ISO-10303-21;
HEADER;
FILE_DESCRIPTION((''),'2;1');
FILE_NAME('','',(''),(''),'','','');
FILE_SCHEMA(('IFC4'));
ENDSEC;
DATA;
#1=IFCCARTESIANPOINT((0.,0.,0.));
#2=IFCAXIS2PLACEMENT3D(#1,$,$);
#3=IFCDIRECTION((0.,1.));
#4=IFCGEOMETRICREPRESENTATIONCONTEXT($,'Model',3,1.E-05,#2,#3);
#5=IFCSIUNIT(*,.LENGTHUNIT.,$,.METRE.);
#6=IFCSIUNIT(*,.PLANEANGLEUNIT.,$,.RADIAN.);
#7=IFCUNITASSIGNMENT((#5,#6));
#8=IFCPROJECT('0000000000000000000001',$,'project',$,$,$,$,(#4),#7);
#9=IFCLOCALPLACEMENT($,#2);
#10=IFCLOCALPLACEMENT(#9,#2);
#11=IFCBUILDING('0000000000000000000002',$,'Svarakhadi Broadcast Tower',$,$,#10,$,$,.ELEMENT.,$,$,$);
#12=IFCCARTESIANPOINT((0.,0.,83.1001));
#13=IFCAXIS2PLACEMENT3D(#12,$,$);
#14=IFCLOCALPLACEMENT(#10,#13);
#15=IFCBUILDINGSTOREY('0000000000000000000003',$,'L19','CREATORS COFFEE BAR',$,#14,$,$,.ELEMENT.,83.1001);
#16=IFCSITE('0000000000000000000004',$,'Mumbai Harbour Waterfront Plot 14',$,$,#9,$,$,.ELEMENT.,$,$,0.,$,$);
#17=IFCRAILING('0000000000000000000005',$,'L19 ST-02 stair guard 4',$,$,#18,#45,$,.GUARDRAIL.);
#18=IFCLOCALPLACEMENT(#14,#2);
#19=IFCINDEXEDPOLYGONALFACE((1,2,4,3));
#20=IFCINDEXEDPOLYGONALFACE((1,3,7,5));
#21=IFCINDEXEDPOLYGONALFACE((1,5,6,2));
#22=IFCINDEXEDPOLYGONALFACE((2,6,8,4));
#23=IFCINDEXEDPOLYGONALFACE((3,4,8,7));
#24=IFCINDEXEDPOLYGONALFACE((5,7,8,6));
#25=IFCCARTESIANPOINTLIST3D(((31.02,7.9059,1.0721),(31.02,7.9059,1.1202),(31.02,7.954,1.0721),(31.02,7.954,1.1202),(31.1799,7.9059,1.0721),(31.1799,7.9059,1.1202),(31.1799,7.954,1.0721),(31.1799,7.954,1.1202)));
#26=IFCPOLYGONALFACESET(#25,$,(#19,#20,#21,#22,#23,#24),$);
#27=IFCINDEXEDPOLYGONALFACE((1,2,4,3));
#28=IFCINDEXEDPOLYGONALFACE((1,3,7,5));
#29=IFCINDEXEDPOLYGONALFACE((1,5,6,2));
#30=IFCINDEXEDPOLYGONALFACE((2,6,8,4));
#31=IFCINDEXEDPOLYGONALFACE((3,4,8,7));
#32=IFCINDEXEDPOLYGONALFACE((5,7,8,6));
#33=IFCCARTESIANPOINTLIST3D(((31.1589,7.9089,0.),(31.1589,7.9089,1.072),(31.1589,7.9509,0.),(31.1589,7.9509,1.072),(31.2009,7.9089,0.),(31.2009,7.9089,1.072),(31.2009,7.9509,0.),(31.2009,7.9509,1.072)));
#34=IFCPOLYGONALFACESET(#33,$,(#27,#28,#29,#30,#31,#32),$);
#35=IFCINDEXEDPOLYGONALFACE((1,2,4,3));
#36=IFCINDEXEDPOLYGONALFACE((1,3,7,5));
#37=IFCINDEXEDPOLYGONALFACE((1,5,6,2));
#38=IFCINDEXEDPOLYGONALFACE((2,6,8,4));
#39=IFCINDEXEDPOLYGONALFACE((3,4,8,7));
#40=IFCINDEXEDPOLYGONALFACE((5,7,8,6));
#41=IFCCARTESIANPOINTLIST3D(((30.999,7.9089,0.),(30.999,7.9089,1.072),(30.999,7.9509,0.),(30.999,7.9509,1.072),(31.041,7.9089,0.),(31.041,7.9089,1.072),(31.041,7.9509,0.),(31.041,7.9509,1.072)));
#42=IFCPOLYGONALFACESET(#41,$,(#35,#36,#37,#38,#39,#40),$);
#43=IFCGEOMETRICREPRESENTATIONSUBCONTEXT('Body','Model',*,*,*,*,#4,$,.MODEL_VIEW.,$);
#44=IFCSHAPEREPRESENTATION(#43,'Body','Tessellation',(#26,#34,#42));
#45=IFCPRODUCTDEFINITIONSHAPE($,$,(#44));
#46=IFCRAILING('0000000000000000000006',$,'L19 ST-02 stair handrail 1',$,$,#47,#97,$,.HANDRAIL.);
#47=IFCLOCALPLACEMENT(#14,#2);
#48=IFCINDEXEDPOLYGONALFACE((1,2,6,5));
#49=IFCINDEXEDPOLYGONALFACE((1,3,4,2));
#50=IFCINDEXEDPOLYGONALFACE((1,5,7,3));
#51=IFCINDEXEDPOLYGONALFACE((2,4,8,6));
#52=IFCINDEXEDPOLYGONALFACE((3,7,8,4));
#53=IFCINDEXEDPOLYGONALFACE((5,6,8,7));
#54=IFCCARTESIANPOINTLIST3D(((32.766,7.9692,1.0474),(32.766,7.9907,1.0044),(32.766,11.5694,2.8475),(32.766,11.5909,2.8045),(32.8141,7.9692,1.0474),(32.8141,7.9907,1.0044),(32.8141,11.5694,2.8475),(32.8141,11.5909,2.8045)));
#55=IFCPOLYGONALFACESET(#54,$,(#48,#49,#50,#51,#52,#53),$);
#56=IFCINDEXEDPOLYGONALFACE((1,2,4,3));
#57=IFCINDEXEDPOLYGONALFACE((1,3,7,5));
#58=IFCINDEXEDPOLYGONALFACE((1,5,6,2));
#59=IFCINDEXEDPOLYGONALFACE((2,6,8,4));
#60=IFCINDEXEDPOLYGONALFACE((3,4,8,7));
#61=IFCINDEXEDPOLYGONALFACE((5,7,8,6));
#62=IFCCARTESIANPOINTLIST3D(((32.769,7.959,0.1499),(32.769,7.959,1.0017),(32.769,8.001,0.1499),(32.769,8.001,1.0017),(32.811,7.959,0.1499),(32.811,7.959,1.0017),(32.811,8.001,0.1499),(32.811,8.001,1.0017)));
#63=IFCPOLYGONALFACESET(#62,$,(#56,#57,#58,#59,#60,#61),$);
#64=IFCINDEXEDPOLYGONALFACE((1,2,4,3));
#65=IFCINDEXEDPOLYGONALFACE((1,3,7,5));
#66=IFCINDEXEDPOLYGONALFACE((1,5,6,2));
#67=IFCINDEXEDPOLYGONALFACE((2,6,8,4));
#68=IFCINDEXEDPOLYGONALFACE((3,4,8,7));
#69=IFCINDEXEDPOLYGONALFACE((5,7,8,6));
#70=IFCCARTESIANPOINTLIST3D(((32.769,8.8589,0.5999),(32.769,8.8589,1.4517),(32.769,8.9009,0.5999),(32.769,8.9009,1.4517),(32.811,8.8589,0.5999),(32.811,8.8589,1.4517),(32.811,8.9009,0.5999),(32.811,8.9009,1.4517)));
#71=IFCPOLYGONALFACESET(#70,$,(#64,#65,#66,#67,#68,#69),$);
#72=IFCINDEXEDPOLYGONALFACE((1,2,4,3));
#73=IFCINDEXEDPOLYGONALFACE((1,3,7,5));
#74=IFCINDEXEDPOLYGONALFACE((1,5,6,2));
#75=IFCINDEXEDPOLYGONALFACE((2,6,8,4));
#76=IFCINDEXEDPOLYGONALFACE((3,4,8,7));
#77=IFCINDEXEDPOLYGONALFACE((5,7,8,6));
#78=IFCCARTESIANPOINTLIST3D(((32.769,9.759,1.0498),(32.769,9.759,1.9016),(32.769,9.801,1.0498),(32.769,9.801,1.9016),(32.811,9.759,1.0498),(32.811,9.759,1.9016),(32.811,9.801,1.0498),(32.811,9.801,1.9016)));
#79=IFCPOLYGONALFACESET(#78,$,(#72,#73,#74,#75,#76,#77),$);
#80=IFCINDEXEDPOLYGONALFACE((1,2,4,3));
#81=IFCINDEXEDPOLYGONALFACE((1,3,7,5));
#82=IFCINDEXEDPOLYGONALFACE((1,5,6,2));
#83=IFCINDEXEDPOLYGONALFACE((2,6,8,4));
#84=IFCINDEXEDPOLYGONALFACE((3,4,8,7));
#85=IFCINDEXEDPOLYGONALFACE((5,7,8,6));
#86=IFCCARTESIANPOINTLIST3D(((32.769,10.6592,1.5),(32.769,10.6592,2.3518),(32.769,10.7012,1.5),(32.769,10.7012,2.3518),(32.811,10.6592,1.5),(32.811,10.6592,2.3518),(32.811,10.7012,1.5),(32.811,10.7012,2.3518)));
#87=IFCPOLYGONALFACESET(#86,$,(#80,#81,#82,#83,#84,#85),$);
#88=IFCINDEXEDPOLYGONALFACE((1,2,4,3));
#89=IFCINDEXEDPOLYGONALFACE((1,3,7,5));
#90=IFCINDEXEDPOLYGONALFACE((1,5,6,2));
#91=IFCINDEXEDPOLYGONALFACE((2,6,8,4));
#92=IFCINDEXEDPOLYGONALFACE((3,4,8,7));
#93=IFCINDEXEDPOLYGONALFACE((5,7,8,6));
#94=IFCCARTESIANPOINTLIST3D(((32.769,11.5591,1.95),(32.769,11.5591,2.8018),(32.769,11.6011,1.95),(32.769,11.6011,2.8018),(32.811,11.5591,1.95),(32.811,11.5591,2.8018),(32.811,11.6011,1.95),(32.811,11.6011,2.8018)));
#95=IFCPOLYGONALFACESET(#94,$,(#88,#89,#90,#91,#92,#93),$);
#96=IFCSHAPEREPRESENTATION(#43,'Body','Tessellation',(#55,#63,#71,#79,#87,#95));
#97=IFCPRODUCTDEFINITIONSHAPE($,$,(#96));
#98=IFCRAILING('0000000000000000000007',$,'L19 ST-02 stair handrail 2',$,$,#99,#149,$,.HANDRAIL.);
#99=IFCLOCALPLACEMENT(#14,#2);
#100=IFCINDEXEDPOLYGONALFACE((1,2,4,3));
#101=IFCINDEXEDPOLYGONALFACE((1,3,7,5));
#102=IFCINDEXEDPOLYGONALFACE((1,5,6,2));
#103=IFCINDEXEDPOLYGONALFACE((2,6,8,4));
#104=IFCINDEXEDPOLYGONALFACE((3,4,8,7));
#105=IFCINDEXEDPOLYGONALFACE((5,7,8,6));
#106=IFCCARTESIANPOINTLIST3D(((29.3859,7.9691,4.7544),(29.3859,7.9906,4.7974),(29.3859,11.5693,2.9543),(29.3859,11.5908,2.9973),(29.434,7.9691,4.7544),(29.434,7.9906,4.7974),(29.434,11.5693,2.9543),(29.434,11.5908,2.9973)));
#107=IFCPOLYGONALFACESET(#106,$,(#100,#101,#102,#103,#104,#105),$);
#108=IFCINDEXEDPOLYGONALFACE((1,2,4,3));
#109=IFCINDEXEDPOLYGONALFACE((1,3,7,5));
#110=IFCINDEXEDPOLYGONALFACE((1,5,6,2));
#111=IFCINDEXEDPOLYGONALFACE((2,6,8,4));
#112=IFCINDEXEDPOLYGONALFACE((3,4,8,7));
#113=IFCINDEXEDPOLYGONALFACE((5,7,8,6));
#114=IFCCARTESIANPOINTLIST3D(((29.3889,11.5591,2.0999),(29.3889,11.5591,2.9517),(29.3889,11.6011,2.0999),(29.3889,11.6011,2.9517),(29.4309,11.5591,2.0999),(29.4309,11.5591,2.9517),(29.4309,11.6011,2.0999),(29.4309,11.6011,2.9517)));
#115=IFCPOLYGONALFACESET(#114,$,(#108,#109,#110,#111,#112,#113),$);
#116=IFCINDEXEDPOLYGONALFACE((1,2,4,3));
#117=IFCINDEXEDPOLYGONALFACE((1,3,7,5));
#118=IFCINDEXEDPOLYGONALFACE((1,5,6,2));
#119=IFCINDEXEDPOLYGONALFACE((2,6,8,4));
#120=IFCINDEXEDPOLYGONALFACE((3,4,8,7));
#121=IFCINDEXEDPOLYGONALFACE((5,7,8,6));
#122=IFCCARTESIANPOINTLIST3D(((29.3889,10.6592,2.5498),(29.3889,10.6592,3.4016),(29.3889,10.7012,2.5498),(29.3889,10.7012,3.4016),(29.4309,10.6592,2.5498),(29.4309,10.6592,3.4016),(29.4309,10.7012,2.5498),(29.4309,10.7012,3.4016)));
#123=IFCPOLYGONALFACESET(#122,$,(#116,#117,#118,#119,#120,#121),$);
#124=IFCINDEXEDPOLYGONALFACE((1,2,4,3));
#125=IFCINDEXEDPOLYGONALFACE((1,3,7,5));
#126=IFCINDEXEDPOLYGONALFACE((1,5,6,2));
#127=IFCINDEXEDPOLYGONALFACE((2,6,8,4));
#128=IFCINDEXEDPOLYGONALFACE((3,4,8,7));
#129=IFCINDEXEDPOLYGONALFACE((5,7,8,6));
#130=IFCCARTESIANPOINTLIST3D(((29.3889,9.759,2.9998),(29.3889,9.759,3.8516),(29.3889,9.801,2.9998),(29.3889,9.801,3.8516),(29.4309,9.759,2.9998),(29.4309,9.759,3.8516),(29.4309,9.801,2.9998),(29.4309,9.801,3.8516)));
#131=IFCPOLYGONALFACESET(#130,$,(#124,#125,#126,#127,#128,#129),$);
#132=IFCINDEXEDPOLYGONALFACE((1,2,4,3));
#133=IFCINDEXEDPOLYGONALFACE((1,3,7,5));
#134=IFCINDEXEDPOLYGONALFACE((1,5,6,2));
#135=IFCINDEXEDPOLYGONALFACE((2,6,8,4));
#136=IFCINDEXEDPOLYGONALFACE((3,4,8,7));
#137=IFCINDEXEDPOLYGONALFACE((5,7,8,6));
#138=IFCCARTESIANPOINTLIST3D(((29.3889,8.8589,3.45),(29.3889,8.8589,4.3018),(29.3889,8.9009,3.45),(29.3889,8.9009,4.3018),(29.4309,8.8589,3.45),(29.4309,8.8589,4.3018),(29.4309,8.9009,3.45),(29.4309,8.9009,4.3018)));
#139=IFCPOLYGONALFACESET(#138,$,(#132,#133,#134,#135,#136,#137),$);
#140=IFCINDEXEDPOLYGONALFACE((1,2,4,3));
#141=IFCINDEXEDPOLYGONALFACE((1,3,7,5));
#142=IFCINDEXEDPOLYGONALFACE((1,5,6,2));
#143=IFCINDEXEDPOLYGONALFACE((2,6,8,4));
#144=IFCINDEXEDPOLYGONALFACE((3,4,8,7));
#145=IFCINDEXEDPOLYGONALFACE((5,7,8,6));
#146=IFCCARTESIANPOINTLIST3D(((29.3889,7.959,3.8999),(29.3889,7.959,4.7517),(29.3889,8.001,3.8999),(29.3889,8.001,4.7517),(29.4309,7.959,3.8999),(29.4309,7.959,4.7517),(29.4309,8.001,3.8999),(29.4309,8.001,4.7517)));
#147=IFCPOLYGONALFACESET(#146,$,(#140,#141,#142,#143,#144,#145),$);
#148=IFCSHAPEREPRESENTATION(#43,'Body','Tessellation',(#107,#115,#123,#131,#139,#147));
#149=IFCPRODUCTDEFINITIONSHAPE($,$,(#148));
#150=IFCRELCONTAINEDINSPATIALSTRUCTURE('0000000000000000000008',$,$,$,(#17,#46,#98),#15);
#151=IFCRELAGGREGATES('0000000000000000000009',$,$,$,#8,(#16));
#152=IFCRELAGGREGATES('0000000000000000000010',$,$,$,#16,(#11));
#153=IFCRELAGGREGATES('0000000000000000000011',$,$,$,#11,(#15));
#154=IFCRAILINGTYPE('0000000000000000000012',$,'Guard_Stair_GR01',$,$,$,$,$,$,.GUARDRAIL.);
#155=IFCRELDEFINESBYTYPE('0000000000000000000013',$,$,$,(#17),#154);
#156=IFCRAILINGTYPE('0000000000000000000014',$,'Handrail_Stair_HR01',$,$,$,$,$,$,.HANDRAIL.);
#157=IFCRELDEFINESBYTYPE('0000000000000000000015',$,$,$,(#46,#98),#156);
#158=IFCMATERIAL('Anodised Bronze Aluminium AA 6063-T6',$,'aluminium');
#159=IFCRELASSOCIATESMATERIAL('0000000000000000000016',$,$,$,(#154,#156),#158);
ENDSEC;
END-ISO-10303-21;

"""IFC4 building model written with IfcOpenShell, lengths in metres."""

from ifc_helpers import new_model, si_unit, direction, frame, origin, origin_2d, place, context, subcontext, project, spatial, rectangle, extrude, material, type_object, element, save


model = new_model("IFC4")

# Units and contexts
model_context = context("Model", 3, precision=1e-05, world=origin(), true_north=direction((0.0, 1.0)))
body_context = subcontext(model_context, "Body", "Model", "MODEL_VIEW")
ifc_project = project(units=[si_unit("LENGTHUNIT", "METRE"), si_unit("PLANEANGLEUNIT", "RADIAN")], contexts=[model_context])

# Site, building, storey
site_placement = place(None, origin())
site = spatial("IfcSite", under=ifc_project, at=site_placement, Name="Mumbai Harbour Waterfront Plot 14", CompositionType="ELEMENT", RefElevation=0.0)
building_placement = place(site_placement, origin())
building = spatial("IfcBuilding", under=site, at=building_placement, Name="Svarakhadi Broadcast Tower", CompositionType="ELEMENT")
storey_placement = place(building_placement, frame((0.0, 0.0, 83.1001)))
storey = spatial("IfcBuildingStorey", under=building, at=storey_placement, Name="L19", Description="CREATORS COFFEE BAR", CompositionType="ELEMENT", Elevation=83.1001)

# Shared definitions
ifc_material_1 = material(Name="Anodised Bronze Aluminium AA 6063-T6", Category="aluminium")

# Railings
railing_type_1 = type_object("IfcRailingType", Name="Guard_Stair_GR01", PredefinedType="GUARDRAIL", material=ifc_material_1)
railing_1_placement = place(storey_placement, frame((31.1799, 7.9299, 0.0)))
element("IfcRailing", 1, at=railing_1_placement, inside=storey, type_object=railing_type_1, Name="L19 ST-02 stair guard 4", PredefinedType="GUARDRAIL", context=body_context, shape_type="SweptSolid", body=[
    extrude(rectangle(XDim=0.0481, YDim=0.0481, at=origin_2d()), frame((0.0, 0.0, 1.0962), z_axis=(-1.0, 0.0, 0.0), x_axis=(0.0, -1.0, 0.0)), (0.0, 0.0, 1.0), 0.1599),
    extrude(rectangle(XDim=0.042, YDim=0.042, at=origin_2d()), origin(), (0.0, 0.0, 1.0), 1.072),
    extrude(rectangle(XDim=0.042, YDim=0.042, at=origin_2d()), frame((-0.1599, 0.0, 0.0)), (0.0, 0.0, 1.0), 1.072),
])
railing_type_2 = type_object("IfcRailingType", Name="Handrail_Stair_HR01", PredefinedType="HANDRAIL", material=ifc_material_1)
railing_2_placement = place(storey_placement, frame((32.79, 7.98, 0.1499)))
element("IfcRailing", 2, at=railing_2_placement, inside=storey, type_object=railing_type_2, Name="L19 ST-02 stair handrail 1", PredefinedType="HANDRAIL", context=body_context, shape_type="SweptSolid", body=[
    extrude(rectangle(XDim=0.0481, YDim=0.0481, at=origin_2d()), frame((0.0, 0.0, 0.876), z_axis=(0.0, 0.894427, 0.447214), x_axis=(-1.0, 0.0, 0.0)), (0.0, 0.0, 1.0), 4.0251),
    extrude(rectangle(XDim=0.042, YDim=0.042, at=origin_2d()), origin(), (0.0, 0.0, 1.0), 0.8518),
    extrude(rectangle(XDim=0.042, YDim=0.042, at=origin_2d()), frame((0.0, 0.8999, 0.45)), (0.0, 0.0, 1.0), 0.8518),
    extrude(rectangle(XDim=0.042, YDim=0.042, at=origin_2d()), frame((0.0, 1.8, 0.8999)), (0.0, 0.0, 1.0), 0.8518),
    extrude(rectangle(XDim=0.042, YDim=0.042, at=origin_2d()), frame((0.0, 2.7002, 1.3501)), (0.0, 0.0, 1.0), 0.8518),
    extrude(rectangle(XDim=0.042, YDim=0.042, at=origin_2d()), frame((0.0, 3.6001, 1.8)), (0.0, 0.0, 1.0), 0.8518),
])
railing_3_placement = place(storey_placement, frame((29.4099, 11.5801, 2.0999)))
element("IfcRailing", 3, at=railing_3_placement, inside=storey, type_object=railing_type_2, Name="L19 ST-02 stair handrail 2", PredefinedType="HANDRAIL", context=body_context, shape_type="SweptSolid", body=[
    extrude(rectangle(XDim=0.0481, YDim=0.0481, at=origin_2d()), frame((0.0, 0.0, 0.876), z_axis=(0.0, -0.894427, 0.447214), x_axis=(1.0, 0.0, 0.0)), (0.0, 0.0, 1.0), 4.0251),
    extrude(rectangle(XDim=0.042, YDim=0.042, at=origin_2d()), origin(), (0.0, 0.0, 1.0), 0.8518),
    extrude(rectangle(XDim=0.042, YDim=0.042, at=origin_2d()), frame((0.0, -0.8999, 0.45)), (0.0, 0.0, 1.0), 0.8518),
    extrude(rectangle(XDim=0.042, YDim=0.042, at=origin_2d()), frame((0.0, -1.8, 0.8999)), (0.0, 0.0, 1.0), 0.8518),
    extrude(rectangle(XDim=0.042, YDim=0.042, at=origin_2d()), frame((0.0, -2.7002, 1.3501)), (0.0, 0.0, 1.0), 0.8518),
    extrude(rectangle(XDim=0.042, YDim=0.042, at=origin_2d()), frame((0.0, -3.6001, 1.8)), (0.0, 0.0, 1.0), 0.8518),
])

save(model, "model.ifc")
